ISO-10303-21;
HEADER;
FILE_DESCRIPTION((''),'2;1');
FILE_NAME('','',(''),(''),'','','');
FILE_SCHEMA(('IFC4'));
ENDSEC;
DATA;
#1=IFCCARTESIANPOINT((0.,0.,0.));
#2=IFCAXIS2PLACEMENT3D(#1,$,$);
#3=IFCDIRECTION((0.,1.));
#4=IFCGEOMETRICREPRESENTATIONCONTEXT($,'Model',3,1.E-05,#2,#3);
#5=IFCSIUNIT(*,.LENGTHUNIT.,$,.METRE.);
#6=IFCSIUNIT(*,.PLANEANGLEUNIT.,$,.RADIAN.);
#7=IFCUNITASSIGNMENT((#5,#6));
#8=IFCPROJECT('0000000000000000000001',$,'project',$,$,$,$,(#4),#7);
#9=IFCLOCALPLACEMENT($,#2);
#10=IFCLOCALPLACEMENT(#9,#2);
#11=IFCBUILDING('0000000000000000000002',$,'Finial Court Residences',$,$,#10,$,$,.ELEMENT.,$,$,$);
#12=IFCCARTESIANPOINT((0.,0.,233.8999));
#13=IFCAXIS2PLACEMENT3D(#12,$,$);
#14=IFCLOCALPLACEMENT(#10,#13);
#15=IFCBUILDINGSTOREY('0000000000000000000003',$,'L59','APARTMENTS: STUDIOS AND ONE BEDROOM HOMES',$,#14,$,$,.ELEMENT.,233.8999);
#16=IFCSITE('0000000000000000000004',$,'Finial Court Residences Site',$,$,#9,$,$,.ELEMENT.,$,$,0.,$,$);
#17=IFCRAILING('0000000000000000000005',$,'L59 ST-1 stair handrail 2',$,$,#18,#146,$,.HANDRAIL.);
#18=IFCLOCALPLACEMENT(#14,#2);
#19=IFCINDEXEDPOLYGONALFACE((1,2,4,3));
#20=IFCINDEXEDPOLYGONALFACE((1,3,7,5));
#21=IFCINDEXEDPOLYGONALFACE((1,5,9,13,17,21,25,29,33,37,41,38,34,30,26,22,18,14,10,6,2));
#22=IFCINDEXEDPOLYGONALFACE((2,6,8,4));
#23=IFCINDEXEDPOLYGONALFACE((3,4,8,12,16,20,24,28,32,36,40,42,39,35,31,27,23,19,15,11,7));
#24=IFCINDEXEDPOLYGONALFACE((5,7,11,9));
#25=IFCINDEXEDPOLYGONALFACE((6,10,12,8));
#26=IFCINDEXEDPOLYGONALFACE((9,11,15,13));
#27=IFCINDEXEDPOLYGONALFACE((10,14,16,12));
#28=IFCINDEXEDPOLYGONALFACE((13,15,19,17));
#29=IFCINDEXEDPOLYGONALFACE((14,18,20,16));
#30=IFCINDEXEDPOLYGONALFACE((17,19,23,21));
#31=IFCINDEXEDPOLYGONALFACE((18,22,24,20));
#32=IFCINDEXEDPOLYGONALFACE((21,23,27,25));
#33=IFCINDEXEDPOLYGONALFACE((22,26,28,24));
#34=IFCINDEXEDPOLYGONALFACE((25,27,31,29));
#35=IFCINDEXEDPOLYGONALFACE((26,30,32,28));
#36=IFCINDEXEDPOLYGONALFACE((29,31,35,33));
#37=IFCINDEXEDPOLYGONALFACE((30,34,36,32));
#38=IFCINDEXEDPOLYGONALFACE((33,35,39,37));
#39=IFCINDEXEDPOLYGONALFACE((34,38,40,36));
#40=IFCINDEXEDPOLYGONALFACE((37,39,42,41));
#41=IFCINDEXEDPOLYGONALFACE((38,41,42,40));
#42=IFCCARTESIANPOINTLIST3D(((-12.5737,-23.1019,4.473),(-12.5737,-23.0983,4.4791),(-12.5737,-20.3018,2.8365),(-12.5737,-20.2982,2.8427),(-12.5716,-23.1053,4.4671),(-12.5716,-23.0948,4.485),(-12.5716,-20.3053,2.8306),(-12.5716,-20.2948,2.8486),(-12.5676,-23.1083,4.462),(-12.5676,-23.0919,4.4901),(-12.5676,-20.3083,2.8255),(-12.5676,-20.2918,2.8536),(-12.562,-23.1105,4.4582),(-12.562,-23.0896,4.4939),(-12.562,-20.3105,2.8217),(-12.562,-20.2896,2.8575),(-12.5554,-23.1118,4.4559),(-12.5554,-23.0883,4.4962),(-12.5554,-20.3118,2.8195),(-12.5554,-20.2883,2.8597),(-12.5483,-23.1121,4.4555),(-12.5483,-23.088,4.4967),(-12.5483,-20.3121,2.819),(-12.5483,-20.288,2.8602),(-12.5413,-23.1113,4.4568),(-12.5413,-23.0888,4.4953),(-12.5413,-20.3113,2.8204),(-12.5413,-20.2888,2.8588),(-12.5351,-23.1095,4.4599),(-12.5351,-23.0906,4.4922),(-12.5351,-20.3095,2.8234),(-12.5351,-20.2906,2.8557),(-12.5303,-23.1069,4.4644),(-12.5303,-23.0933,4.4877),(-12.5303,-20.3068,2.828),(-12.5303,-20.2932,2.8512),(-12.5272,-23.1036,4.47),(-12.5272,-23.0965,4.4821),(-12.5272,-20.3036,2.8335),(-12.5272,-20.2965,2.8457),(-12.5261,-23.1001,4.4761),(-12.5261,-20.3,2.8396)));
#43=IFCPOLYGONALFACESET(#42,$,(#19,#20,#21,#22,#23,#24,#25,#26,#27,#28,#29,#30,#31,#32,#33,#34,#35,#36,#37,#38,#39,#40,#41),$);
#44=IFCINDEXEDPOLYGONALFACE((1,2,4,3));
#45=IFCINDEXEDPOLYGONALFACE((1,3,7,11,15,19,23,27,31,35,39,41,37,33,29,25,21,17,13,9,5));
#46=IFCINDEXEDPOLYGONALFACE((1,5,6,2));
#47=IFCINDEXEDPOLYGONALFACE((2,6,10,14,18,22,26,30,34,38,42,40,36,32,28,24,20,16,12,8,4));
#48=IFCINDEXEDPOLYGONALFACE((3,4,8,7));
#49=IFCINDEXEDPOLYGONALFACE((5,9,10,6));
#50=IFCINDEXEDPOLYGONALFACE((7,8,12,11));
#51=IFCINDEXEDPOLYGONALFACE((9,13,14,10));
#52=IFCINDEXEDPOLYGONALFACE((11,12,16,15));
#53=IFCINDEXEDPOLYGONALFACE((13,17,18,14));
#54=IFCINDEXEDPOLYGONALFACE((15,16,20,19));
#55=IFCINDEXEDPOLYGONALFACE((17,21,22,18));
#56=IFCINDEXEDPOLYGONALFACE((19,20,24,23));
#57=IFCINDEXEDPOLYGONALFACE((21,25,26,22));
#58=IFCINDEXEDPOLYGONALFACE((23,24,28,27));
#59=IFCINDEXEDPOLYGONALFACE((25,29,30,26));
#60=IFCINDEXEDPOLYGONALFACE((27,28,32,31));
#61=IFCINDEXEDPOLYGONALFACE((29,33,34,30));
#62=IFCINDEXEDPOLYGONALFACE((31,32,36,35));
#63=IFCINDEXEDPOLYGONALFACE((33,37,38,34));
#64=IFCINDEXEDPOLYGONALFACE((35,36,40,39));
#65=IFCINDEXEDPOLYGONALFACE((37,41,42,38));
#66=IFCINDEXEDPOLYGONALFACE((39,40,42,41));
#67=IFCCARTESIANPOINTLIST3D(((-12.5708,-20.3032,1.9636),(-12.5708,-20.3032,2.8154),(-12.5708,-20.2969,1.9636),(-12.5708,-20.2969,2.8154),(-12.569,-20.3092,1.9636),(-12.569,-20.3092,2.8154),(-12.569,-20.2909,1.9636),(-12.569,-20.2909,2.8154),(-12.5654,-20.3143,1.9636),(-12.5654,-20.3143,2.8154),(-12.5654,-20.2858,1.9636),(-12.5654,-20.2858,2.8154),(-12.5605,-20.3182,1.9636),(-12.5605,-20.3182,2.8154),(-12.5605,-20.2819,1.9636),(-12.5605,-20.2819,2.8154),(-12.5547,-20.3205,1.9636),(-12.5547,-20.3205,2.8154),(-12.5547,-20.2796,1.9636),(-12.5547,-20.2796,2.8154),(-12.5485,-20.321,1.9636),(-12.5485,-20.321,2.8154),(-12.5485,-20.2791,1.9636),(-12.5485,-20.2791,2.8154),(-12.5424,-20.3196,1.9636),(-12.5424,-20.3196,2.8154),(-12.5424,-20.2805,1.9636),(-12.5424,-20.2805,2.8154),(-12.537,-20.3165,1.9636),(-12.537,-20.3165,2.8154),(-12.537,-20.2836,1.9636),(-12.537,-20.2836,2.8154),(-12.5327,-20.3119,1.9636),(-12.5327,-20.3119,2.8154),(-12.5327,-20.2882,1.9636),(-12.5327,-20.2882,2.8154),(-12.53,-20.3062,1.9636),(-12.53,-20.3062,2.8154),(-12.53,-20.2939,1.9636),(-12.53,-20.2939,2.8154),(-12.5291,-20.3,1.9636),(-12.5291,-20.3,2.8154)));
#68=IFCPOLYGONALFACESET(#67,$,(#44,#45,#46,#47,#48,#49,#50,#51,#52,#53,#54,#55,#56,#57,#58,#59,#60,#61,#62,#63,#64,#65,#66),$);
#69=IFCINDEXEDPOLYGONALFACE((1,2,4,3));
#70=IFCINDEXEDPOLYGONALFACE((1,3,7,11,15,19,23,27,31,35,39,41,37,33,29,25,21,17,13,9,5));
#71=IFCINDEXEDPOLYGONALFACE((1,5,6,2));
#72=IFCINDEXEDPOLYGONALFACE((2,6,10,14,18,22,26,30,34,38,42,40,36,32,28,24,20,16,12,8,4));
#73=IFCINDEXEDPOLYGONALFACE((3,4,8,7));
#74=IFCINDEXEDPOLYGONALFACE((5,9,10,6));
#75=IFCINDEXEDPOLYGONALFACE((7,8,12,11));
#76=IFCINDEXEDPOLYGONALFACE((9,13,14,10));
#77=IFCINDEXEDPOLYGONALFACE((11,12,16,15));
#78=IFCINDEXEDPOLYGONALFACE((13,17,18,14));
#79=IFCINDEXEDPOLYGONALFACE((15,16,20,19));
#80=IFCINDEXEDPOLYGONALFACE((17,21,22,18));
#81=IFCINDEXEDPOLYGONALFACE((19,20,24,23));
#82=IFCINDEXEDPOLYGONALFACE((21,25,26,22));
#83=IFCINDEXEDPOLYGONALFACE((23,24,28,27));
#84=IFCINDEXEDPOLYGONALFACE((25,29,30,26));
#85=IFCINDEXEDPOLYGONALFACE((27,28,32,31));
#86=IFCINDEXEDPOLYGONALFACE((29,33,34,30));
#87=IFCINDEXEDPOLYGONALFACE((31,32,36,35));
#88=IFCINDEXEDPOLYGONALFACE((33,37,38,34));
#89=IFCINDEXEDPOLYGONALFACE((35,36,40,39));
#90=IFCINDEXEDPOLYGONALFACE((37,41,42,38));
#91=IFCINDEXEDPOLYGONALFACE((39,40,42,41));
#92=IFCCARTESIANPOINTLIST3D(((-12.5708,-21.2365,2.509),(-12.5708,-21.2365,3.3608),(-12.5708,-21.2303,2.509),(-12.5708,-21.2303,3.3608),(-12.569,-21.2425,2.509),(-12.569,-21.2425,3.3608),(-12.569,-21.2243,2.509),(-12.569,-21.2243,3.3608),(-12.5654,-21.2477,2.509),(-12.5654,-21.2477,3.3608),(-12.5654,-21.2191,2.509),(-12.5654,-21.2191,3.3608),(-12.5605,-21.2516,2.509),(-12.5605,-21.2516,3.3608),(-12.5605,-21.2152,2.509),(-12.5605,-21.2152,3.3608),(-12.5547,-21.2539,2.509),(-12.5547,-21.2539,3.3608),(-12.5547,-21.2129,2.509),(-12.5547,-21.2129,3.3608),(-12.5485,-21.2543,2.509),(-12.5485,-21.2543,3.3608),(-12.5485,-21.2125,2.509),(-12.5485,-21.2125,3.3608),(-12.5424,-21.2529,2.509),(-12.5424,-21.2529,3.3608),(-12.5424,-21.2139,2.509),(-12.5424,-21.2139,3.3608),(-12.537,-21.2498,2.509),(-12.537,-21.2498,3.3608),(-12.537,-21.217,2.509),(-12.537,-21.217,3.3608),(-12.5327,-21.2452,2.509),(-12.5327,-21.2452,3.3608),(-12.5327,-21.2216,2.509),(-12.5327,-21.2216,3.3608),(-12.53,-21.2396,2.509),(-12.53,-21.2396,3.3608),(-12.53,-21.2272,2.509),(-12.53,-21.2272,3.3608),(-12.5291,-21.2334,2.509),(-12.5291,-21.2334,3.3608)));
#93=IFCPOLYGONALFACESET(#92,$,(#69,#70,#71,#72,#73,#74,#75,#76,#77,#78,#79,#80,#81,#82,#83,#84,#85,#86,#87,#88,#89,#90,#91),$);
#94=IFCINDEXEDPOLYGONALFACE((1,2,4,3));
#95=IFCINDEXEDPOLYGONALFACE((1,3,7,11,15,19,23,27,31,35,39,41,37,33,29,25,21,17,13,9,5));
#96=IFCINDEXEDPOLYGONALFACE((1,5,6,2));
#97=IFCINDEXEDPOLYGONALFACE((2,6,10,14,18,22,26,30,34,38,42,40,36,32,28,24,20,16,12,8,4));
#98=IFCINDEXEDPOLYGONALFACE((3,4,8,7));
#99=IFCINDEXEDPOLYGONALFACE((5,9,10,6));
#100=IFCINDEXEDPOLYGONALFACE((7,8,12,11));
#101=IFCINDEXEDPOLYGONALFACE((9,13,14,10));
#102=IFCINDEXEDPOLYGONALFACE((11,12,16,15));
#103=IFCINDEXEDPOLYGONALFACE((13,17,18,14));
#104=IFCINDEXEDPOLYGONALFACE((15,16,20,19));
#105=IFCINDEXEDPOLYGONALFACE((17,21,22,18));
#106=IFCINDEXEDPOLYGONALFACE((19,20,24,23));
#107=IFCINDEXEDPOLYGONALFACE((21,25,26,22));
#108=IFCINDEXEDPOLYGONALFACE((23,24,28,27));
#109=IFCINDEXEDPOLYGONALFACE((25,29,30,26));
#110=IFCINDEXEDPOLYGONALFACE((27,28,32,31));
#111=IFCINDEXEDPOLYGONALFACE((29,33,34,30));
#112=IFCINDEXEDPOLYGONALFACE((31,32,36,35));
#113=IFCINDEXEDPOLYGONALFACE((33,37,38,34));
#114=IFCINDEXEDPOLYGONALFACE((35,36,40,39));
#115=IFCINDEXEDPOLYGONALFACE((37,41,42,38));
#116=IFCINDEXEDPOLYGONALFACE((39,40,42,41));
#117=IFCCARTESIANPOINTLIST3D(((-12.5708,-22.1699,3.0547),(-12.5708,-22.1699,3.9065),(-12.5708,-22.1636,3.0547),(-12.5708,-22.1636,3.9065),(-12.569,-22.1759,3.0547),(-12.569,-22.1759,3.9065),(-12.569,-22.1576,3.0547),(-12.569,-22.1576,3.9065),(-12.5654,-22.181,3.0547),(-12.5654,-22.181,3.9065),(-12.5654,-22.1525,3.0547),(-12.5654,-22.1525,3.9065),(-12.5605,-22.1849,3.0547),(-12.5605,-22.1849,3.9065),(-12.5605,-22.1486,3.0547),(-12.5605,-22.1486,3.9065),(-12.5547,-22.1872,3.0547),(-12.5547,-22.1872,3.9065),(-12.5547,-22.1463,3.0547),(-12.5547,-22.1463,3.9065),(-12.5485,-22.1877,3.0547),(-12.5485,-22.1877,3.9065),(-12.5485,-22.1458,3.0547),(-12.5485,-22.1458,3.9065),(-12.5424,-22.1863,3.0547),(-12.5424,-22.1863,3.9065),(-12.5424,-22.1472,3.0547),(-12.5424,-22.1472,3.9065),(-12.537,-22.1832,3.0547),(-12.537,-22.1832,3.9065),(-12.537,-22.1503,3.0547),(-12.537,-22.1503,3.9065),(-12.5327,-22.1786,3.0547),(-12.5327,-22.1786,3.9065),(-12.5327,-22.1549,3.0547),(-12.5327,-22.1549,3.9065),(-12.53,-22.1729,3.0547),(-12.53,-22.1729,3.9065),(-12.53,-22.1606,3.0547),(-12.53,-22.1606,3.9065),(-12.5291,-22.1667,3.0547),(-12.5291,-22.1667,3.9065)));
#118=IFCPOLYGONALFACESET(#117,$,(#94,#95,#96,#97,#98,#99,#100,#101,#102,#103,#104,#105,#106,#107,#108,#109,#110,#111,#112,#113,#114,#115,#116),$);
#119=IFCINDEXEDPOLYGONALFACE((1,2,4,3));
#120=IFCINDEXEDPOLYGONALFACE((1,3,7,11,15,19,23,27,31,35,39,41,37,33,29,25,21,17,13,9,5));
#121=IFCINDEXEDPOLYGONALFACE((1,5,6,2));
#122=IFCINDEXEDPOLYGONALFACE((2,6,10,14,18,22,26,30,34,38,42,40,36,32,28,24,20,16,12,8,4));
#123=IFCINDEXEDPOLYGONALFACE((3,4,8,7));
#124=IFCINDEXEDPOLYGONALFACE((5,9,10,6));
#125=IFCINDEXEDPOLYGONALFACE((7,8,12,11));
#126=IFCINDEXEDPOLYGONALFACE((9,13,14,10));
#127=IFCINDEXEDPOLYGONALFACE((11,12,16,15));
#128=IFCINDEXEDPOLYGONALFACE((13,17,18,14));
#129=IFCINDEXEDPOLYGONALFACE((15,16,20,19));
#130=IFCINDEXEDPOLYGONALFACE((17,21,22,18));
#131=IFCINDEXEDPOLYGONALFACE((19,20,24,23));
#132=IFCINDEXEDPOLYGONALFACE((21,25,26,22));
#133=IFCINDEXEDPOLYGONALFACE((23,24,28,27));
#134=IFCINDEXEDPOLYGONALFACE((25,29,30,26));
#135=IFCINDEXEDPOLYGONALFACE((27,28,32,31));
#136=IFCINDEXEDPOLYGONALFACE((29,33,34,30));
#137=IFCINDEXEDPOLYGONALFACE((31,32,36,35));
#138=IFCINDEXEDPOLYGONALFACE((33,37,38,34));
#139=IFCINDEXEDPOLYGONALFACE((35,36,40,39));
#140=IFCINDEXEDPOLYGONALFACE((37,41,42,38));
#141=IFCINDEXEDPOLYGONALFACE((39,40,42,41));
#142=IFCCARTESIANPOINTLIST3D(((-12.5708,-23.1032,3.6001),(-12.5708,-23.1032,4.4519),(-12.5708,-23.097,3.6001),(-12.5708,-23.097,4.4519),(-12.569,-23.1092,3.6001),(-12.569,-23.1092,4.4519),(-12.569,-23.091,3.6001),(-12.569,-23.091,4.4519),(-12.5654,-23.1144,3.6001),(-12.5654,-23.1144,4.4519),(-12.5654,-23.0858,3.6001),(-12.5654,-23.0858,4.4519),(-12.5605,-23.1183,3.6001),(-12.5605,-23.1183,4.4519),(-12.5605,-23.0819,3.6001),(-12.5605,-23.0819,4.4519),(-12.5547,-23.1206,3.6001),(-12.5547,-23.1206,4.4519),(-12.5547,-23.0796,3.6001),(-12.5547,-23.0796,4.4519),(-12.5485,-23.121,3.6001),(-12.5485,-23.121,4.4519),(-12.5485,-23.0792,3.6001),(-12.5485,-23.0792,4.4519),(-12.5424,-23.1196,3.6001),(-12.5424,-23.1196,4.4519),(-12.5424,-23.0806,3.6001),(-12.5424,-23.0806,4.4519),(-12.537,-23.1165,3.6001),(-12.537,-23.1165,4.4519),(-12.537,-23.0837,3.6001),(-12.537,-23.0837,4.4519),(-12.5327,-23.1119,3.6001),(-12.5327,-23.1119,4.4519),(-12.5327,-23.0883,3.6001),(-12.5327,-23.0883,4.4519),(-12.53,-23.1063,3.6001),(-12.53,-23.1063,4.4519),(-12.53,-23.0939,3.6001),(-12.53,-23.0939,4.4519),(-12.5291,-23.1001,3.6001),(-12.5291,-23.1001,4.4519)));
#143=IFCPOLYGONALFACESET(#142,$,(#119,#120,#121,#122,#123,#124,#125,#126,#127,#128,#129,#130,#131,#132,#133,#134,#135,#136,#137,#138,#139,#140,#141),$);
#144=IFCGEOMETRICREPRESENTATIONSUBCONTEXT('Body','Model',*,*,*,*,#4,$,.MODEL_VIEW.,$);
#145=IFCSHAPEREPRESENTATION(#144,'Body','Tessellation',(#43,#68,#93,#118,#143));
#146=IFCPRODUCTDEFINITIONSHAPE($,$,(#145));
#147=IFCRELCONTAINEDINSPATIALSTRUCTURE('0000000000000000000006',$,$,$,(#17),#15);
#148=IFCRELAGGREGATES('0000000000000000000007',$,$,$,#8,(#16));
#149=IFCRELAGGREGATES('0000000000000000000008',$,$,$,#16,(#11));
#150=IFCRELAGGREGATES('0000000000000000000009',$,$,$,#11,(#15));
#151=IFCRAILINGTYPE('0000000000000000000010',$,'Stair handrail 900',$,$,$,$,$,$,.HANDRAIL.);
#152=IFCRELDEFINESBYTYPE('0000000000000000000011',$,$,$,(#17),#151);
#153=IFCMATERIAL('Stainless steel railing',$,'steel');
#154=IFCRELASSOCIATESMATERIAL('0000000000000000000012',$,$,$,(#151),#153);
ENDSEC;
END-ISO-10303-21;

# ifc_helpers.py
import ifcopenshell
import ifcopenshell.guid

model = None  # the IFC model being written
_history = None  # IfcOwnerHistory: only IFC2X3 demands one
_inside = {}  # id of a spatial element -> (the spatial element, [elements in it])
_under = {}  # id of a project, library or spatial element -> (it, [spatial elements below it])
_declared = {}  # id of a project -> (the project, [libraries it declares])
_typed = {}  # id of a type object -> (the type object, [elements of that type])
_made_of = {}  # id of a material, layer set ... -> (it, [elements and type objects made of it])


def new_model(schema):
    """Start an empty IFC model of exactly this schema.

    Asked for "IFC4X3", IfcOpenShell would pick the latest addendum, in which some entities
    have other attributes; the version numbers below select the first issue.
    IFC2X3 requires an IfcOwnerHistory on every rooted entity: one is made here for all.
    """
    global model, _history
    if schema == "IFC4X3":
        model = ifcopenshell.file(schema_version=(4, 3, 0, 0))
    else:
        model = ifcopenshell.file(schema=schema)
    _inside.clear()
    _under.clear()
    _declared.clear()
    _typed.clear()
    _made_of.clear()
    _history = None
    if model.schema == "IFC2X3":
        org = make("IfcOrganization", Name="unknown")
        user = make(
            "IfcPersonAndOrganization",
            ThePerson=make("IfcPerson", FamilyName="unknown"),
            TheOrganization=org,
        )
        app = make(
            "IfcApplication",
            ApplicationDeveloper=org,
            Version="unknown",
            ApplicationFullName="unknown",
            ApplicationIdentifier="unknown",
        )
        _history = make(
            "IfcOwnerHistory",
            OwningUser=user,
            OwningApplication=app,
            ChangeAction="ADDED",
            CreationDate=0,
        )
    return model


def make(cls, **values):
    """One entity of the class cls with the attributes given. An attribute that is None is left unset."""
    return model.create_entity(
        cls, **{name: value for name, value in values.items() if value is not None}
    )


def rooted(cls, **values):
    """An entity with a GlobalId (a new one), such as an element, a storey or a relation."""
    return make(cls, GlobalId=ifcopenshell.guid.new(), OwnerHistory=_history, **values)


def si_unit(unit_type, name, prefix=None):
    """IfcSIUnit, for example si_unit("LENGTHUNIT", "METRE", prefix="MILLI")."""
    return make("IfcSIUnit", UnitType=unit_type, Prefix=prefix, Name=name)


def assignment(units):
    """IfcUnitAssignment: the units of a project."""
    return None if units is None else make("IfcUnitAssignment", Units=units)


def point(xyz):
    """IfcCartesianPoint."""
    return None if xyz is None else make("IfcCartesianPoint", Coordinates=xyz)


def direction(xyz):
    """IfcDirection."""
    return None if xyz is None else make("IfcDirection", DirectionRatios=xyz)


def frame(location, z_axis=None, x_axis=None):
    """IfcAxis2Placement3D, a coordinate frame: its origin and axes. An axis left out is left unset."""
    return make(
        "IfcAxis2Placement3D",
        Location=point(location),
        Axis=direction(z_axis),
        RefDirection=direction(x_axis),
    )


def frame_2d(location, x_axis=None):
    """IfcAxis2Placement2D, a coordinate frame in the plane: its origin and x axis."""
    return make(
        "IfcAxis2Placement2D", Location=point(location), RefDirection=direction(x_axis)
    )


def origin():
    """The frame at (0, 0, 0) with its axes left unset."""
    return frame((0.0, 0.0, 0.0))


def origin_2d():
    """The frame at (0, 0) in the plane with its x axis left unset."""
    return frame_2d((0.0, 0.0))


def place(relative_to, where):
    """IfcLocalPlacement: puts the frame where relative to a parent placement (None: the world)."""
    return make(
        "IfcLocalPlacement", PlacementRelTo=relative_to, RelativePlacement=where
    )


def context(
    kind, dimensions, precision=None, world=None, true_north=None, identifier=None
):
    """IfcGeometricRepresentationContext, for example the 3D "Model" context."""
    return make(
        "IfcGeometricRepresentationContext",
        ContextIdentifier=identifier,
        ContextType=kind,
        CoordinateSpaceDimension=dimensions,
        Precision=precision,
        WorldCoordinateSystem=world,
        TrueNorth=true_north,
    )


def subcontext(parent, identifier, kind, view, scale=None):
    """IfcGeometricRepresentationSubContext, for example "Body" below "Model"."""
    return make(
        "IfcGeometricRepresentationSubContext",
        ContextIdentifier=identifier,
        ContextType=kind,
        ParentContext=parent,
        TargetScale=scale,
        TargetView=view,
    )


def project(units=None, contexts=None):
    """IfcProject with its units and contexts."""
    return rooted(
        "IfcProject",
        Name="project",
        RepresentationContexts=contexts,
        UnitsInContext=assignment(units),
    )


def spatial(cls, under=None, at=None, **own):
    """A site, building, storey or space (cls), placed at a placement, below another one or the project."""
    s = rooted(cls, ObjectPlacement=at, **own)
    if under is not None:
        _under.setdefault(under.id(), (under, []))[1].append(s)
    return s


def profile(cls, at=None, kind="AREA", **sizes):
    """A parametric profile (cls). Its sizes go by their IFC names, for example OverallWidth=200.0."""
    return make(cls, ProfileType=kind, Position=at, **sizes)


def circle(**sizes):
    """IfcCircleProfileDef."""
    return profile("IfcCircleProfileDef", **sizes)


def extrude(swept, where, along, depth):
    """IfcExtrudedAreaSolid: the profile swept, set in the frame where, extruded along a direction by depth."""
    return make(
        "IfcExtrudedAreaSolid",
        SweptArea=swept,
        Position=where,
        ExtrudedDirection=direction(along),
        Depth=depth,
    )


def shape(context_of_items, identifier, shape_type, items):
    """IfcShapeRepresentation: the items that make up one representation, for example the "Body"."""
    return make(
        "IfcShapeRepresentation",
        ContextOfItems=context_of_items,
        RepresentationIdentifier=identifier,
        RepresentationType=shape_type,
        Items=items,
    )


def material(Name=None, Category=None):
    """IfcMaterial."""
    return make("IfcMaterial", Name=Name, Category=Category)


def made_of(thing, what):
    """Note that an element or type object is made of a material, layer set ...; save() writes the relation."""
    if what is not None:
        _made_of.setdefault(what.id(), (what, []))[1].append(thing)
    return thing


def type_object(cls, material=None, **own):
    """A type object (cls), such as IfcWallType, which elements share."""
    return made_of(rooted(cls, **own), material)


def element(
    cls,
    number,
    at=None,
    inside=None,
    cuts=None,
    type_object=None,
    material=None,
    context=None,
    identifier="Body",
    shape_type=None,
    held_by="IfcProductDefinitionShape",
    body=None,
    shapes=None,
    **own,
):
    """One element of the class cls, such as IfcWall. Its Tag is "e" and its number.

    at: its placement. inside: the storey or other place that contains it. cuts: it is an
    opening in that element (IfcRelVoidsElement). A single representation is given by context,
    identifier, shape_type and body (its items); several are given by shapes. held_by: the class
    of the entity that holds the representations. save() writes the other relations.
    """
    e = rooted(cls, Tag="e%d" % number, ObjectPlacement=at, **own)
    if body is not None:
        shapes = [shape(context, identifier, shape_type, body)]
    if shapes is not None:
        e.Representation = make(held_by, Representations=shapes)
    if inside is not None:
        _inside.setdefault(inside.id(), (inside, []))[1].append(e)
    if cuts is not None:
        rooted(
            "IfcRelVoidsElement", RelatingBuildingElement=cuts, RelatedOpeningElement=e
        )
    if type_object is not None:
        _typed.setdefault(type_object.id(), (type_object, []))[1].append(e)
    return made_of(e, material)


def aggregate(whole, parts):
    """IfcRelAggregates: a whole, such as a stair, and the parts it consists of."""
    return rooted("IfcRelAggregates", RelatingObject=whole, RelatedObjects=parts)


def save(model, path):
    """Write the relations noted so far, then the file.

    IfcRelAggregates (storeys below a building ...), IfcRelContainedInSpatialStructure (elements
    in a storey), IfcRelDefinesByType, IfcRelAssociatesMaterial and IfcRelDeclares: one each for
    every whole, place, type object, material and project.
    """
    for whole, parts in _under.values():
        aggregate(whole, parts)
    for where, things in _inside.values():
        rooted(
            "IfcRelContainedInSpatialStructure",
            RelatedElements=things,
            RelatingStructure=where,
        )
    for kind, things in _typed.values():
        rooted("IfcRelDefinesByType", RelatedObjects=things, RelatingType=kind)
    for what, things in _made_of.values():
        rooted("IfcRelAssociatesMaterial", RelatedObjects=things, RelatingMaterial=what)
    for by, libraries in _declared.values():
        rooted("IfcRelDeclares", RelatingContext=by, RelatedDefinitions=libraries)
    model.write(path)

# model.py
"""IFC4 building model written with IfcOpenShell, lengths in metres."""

from ifc_helpers import new_model, si_unit, direction, frame, origin, origin_2d, place, context, subcontext, project, spatial, circle, extrude, material, type_object, element, save


model = new_model("IFC4")

# Units and contexts
model_context = context("Model", 3, precision=1e-05, world=origin(), true_north=direction((0.0, 1.0)))
body_context = subcontext(model_context, "Body", "Model", "MODEL_VIEW")
ifc_project = project(units=[si_unit("LENGTHUNIT", "METRE"), si_unit("PLANEANGLEUNIT", "RADIAN")], contexts=[model_context])

# Site, building, storey
site_placement = place(None, origin())
site = spatial("IfcSite", under=ifc_project, at=site_placement, Name="Finial Court Residences Site", CompositionType="ELEMENT", RefElevation=0.0)
building_placement = place(site_placement, origin())
building = spatial("IfcBuilding", under=site, at=building_placement, Name="Finial Court Residences", CompositionType="ELEMENT")
storey_placement = place(building_placement, frame((0.0, 0.0, 233.8999)))
storey = spatial("IfcBuildingStorey", under=building, at=storey_placement, Name="L59", Description="APARTMENTS: STUDIOS AND ONE BEDROOM HOMES", CompositionType="ELEMENT", Elevation=233.8999)

# Railing
ifc_material_1 = material(Name="Stainless steel railing", Category="steel")
railing_type_1 = type_object("IfcRailingType", Name="Stair handrail 900", PredefinedType="HANDRAIL", material=ifc_material_1)
railing_1_placement = place(storey_placement, frame((-12.55, -20.3, 1.9636)))
element("IfcRailing", 1, at=railing_1_placement, inside=storey, type_object=railing_type_1, Name="L59 ST-1 stair handrail 2", PredefinedType="HANDRAIL", context=body_context, shape_type="SweptSolid", body=[
    extrude(circle(Radius=0.0239, at=origin_2d()), frame((0.0, 0.0, 0.876), z_axis=(0.0, -0.863361, 0.504587), x_axis=(1.0, 0.0, 0.0)), (0.0, 0.0, 1.0), 3.2432),
    extrude(circle(Radius=0.021, at=origin_2d()), origin(), (0.0, 0.0, 1.0), 0.8518),
    extrude(circle(Radius=0.021, at=origin_2d()), frame((0.0, -0.9333, 0.5454)), (0.0, 0.0, 1.0), 0.8518),
    extrude(circle(Radius=0.021, at=origin_2d()), frame((0.0, -1.8667, 1.0911)), (0.0, 0.0, 1.0), 0.8518),
    extrude(circle(Radius=0.021, at=origin_2d()), frame((0.0, -2.8, 1.6365)), (0.0, 0.0, 1.0), 0.8518),
])

save(model, "model.ifc")
